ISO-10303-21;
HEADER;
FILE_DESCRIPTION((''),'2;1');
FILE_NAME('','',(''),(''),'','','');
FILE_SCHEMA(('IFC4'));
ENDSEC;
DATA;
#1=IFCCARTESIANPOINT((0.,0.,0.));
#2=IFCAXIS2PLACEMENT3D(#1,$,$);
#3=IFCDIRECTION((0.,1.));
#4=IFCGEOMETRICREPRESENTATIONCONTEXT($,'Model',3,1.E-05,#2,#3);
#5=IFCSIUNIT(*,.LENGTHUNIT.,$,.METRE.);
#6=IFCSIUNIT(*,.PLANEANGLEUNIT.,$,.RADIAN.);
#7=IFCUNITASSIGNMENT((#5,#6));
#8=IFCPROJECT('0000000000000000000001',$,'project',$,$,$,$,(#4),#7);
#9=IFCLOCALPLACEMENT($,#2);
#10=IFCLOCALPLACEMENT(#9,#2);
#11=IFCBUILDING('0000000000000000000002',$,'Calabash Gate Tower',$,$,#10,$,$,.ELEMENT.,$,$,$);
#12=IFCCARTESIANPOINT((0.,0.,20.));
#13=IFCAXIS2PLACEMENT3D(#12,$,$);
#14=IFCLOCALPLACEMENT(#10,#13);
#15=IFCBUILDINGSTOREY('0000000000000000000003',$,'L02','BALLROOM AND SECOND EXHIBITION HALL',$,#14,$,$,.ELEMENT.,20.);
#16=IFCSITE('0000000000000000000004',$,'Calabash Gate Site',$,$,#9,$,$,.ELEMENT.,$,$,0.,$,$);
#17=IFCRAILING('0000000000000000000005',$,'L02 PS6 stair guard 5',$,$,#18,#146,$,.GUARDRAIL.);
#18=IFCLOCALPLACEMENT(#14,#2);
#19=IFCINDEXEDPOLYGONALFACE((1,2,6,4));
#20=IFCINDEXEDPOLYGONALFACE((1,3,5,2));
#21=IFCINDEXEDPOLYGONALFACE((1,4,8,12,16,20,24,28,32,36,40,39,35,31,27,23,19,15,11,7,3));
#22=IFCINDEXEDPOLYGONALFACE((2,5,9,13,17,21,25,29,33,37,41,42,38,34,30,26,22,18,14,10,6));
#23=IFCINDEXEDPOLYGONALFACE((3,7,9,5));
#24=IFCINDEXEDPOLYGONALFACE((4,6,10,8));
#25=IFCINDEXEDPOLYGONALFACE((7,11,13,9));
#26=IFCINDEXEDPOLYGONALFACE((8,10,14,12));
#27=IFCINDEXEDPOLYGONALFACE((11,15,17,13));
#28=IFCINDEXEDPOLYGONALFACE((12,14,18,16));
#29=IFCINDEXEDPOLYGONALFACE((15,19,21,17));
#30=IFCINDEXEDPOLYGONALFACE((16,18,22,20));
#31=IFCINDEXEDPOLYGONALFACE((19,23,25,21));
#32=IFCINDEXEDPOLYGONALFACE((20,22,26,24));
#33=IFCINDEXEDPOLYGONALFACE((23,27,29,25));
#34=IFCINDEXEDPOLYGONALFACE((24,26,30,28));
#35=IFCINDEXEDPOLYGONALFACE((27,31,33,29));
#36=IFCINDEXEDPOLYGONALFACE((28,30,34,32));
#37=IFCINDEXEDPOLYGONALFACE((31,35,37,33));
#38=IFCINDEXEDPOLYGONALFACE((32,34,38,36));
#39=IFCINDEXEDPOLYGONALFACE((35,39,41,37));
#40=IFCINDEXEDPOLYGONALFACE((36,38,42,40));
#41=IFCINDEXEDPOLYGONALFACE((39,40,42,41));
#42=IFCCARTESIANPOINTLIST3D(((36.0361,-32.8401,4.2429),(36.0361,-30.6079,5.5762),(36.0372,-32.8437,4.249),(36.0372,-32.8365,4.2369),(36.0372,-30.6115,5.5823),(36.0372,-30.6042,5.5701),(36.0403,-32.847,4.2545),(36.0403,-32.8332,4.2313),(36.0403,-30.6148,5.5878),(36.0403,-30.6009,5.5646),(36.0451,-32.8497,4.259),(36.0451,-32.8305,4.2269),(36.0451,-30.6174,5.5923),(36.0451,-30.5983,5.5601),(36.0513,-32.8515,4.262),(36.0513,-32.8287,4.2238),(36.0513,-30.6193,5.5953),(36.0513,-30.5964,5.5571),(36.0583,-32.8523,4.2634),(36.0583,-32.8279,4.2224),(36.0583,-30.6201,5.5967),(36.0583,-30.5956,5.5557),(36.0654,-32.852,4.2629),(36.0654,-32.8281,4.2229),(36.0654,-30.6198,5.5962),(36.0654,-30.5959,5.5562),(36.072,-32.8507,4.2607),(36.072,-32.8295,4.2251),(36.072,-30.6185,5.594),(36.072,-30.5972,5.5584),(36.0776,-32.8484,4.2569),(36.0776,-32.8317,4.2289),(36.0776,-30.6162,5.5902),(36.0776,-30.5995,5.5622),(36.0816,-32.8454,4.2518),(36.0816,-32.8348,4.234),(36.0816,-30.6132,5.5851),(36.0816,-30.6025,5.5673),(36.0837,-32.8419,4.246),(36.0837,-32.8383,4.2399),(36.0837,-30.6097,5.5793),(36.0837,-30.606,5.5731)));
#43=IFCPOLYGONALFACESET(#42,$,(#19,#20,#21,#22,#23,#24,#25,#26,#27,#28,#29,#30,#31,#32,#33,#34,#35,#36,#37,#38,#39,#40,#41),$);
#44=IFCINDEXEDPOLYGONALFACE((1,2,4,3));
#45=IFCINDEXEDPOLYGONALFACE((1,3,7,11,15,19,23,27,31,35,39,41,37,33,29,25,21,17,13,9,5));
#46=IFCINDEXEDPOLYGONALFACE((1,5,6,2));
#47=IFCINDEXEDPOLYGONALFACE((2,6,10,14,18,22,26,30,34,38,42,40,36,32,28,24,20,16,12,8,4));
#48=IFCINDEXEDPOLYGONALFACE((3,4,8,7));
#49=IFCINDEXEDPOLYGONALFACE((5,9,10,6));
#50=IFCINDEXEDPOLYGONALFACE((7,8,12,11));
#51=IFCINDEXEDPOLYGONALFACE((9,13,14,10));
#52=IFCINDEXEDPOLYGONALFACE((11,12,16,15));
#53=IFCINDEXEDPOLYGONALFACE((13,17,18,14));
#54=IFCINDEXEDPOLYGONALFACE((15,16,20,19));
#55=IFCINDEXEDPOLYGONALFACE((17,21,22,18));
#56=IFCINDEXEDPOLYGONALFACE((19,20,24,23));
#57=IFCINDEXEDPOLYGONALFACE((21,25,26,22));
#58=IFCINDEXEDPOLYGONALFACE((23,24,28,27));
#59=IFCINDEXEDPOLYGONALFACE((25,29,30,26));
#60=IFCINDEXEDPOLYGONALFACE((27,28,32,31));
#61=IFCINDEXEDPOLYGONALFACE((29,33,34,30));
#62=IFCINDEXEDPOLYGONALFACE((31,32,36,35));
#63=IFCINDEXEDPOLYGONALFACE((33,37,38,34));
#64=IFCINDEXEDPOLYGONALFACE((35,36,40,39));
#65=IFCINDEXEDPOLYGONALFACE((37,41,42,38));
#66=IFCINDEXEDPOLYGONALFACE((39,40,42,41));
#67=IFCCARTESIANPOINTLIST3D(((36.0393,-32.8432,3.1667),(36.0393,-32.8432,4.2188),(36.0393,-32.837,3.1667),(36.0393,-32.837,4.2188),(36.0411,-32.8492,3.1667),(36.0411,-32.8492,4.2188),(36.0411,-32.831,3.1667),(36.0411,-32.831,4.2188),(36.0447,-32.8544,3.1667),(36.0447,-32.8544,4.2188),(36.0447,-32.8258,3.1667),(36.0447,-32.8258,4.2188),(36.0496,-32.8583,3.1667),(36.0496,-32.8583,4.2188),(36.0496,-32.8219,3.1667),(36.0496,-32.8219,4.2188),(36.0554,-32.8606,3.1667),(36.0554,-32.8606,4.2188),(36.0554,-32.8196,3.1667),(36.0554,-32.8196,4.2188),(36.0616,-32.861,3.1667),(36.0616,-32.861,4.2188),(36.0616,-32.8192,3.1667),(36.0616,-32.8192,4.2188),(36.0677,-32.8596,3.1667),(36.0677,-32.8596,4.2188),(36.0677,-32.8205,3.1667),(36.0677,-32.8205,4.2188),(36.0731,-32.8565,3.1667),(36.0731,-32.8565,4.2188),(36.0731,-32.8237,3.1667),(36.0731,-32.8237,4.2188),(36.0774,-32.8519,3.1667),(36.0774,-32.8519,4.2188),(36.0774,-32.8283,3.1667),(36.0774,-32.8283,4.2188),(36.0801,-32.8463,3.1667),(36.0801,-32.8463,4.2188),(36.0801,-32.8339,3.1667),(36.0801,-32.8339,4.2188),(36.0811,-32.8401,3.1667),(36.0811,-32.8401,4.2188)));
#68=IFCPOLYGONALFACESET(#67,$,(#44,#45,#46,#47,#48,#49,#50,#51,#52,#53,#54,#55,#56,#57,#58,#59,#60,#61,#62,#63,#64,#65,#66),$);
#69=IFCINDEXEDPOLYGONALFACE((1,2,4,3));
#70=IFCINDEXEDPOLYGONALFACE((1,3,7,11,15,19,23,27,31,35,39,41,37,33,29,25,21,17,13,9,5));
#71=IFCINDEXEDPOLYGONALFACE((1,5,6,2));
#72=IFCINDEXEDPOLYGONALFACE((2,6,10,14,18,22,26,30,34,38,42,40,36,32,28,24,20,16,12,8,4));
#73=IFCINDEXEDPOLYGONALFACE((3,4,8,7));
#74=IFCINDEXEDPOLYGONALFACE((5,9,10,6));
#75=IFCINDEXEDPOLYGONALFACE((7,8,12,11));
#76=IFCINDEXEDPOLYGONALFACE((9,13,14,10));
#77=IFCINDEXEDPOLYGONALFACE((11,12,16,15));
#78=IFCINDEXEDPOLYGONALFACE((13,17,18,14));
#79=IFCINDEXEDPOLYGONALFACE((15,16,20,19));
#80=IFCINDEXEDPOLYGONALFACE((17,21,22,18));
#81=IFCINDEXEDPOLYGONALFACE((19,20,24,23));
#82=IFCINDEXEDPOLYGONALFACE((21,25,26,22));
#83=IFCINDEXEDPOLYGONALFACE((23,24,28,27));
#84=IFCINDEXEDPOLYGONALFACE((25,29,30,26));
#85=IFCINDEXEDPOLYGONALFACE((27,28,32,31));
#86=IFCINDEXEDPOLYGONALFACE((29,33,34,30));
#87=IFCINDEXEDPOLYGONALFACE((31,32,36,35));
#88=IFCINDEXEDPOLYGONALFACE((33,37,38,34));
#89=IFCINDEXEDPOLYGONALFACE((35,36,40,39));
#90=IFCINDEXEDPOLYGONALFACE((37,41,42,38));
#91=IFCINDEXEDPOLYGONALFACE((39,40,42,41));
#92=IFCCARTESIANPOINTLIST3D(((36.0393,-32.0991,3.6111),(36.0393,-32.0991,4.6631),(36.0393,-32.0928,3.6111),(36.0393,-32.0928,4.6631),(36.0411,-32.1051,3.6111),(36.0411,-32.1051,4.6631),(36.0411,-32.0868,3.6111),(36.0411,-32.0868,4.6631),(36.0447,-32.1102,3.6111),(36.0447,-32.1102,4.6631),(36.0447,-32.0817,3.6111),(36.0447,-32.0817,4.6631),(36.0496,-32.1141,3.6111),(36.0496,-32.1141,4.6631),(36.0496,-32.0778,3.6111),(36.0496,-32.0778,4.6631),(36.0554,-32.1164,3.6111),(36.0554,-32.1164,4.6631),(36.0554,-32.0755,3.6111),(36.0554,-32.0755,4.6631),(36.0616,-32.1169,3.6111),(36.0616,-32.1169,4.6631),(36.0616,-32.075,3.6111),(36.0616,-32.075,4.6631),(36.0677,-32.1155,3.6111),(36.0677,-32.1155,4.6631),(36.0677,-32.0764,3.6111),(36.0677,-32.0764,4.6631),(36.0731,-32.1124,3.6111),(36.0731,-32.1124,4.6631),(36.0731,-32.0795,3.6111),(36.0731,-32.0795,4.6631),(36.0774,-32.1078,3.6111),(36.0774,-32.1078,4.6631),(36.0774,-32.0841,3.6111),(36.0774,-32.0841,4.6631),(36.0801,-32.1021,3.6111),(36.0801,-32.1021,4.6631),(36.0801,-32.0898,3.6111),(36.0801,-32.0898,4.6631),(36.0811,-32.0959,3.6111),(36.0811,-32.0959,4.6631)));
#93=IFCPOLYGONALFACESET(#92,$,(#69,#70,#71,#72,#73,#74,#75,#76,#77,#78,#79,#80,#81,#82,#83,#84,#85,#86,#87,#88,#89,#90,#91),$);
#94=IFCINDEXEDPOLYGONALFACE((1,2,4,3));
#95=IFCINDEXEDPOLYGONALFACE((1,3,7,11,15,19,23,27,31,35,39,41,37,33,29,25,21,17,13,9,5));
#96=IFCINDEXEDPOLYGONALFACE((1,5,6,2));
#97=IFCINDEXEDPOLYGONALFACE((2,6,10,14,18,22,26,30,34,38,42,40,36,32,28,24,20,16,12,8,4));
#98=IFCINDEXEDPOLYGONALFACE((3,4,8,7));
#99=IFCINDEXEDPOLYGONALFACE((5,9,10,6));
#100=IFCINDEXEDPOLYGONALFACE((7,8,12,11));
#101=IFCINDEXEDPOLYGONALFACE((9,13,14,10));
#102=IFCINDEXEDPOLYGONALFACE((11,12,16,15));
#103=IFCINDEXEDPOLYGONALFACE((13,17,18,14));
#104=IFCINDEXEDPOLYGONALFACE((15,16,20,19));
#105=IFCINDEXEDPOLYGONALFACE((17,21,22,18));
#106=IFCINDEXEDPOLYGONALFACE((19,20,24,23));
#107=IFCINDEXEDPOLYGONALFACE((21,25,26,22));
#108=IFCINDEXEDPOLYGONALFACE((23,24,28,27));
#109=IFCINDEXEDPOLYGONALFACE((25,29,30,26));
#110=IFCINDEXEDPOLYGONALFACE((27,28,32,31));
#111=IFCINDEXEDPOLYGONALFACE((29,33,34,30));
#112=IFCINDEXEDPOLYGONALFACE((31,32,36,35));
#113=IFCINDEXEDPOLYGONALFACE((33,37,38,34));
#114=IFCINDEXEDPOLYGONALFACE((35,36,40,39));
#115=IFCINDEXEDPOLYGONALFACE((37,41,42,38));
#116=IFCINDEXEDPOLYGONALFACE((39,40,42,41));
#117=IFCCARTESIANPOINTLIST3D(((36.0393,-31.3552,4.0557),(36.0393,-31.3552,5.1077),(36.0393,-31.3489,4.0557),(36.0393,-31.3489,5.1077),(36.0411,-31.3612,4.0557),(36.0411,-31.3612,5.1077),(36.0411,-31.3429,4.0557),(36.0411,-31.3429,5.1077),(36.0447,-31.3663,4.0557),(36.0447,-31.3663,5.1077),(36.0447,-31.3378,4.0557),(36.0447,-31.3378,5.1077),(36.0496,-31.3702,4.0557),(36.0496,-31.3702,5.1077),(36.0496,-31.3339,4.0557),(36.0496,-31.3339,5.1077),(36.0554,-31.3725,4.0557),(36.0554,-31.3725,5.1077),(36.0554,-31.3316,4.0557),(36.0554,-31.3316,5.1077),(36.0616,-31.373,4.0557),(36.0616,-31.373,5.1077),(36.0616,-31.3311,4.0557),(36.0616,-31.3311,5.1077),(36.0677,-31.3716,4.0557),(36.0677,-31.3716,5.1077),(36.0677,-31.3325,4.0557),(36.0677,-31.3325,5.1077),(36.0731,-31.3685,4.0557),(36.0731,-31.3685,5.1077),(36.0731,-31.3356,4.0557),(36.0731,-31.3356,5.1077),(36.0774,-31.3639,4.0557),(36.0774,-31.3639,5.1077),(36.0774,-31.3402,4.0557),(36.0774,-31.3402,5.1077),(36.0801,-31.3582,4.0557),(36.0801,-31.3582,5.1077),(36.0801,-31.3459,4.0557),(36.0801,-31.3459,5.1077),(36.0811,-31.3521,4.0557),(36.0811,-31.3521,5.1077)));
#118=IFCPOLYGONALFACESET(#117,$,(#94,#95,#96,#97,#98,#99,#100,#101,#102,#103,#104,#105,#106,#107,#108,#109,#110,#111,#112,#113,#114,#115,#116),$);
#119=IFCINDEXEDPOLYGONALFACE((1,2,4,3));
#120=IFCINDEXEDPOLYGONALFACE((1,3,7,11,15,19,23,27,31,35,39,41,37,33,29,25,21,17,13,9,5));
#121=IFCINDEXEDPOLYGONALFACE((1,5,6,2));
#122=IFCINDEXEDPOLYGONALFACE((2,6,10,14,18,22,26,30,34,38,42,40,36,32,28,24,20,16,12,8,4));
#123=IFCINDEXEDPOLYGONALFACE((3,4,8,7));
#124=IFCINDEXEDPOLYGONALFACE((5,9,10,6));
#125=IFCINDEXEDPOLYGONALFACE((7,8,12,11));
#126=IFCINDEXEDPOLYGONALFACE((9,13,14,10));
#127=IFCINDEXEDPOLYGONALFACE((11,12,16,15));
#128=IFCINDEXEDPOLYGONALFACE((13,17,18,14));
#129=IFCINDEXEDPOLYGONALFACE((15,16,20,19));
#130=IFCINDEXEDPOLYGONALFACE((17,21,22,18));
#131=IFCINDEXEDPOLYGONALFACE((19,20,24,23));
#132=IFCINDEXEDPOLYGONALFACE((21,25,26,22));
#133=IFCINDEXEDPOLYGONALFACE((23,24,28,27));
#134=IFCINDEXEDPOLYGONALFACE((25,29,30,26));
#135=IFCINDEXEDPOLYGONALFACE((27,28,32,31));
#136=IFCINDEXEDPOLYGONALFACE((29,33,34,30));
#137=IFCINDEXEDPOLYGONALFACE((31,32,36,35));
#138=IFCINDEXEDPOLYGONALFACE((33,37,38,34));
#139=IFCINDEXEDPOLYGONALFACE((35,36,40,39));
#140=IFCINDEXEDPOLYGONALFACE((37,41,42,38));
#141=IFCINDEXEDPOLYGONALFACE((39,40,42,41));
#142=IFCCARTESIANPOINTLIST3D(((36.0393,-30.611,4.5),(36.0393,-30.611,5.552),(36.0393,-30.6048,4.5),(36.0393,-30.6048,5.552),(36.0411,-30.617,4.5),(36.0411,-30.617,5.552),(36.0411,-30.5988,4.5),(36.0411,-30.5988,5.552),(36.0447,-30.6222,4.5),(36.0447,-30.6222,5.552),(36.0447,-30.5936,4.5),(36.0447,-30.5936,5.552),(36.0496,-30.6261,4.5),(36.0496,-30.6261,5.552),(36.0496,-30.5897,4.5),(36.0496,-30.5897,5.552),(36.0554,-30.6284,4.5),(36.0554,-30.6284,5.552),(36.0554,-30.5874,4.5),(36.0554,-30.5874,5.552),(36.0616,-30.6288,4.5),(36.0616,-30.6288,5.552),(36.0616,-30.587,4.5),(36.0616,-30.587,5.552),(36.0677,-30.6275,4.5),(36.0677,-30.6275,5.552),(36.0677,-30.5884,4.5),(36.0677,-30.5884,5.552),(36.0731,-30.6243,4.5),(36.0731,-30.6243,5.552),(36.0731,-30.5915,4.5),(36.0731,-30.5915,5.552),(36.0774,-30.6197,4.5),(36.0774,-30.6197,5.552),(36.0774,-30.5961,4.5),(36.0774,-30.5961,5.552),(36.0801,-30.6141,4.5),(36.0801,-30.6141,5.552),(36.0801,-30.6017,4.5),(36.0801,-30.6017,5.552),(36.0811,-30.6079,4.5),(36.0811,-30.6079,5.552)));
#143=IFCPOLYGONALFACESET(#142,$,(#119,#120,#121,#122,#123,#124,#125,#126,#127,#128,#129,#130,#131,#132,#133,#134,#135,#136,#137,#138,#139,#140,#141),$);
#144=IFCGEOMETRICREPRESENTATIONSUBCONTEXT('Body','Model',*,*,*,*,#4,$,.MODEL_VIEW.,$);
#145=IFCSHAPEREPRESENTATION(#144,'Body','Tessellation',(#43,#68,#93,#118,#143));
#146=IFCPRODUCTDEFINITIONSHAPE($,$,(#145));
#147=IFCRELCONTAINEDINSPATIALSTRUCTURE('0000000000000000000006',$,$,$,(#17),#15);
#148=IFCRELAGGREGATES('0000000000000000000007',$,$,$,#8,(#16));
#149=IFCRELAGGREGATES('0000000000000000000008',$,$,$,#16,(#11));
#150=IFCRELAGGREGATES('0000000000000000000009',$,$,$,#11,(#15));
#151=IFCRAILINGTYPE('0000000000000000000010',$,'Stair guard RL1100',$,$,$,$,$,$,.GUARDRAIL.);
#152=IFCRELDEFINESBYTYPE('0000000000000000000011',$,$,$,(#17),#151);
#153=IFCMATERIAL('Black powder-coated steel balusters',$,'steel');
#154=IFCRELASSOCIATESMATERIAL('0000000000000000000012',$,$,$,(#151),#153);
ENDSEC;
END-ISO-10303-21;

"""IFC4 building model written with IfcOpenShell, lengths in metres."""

from ifc_helpers import new_model, si_unit, direction, frame, origin, origin_2d, place, context, subcontext, project, spatial, circle, extrude, material, type_object, element, save


model = new_model("IFC4")

# Units and contexts
model_context = context("Model", 3, precision=1e-05, world=origin(), true_north=direction((0.0, 1.0)))
body_context = subcontext(model_context, "Body", "Model", "MODEL_VIEW")
ifc_project = project(units=[si_unit("LENGTHUNIT", "METRE"), si_unit("PLANEANGLEUNIT", "RADIAN")], contexts=[model_context])

# Site, building, storey
site_placement = place(None, origin())
site = spatial("IfcSite", under=ifc_project, at=site_placement, Name="Calabash Gate Site", CompositionType="ELEMENT", RefElevation=0.0)
building_placement = place(site_placement, origin())
building = spatial("IfcBuilding", under=site, at=building_placement, Name="Calabash Gate Tower", CompositionType="ELEMENT")
storey_placement = place(building_placement, frame((0.0, 0.0, 20.0)))
storey = spatial("IfcBuildingStorey", under=building, at=storey_placement, Name="L02", Description="BALLROOM AND SECOND EXHIBITION HALL", CompositionType="ELEMENT", Elevation=20.0)

# Railing
ifc_material_1 = material(Name="Black powder-coated steel balusters", Category="steel")
railing_type_1 = type_object("IfcRailingType", Name="Stair guard RL1100", PredefinedType="GUARDRAIL", material=ifc_material_1)
railing_1_placement = place(storey_placement, frame((36.0601, -32.8401, 3.1667)))
element("IfcRailing", 1, at=railing_1_placement, inside=storey, type_object=railing_type_1, Name="L02 PS6 stair guard 5", PredefinedType="GUARDRAIL", context=body_context, shape_type="SweptSolid", body=[
    extrude(circle(Radius=0.0239, at=origin_2d()), frame((0.0, 0.0, 1.0762), z_axis=(0.0, 0.858519, 0.512782), x_axis=(-1.0, 0.0, 0.0)), (0.0, 0.0, 1.0), 2.6001),
    extrude(circle(Radius=0.021, at=origin_2d()), origin(), (0.0, 0.0, 1.0), 1.052),
    extrude(circle(Radius=0.021, at=origin_2d()), frame((0.0, 0.7441, 0.4443)), (0.0, 0.0, 1.0), 1.052),
    extrude(circle(Radius=0.021, at=origin_2d()), frame((0.0, 1.488, 0.8889)), (0.0, 0.0, 1.0), 1.052),
    extrude(circle(Radius=0.021, at=origin_2d()), frame((0.0, 2.2322, 1.3333)), (0.0, 0.0, 1.0), 1.052),
])

save(model, "model.ifc")
